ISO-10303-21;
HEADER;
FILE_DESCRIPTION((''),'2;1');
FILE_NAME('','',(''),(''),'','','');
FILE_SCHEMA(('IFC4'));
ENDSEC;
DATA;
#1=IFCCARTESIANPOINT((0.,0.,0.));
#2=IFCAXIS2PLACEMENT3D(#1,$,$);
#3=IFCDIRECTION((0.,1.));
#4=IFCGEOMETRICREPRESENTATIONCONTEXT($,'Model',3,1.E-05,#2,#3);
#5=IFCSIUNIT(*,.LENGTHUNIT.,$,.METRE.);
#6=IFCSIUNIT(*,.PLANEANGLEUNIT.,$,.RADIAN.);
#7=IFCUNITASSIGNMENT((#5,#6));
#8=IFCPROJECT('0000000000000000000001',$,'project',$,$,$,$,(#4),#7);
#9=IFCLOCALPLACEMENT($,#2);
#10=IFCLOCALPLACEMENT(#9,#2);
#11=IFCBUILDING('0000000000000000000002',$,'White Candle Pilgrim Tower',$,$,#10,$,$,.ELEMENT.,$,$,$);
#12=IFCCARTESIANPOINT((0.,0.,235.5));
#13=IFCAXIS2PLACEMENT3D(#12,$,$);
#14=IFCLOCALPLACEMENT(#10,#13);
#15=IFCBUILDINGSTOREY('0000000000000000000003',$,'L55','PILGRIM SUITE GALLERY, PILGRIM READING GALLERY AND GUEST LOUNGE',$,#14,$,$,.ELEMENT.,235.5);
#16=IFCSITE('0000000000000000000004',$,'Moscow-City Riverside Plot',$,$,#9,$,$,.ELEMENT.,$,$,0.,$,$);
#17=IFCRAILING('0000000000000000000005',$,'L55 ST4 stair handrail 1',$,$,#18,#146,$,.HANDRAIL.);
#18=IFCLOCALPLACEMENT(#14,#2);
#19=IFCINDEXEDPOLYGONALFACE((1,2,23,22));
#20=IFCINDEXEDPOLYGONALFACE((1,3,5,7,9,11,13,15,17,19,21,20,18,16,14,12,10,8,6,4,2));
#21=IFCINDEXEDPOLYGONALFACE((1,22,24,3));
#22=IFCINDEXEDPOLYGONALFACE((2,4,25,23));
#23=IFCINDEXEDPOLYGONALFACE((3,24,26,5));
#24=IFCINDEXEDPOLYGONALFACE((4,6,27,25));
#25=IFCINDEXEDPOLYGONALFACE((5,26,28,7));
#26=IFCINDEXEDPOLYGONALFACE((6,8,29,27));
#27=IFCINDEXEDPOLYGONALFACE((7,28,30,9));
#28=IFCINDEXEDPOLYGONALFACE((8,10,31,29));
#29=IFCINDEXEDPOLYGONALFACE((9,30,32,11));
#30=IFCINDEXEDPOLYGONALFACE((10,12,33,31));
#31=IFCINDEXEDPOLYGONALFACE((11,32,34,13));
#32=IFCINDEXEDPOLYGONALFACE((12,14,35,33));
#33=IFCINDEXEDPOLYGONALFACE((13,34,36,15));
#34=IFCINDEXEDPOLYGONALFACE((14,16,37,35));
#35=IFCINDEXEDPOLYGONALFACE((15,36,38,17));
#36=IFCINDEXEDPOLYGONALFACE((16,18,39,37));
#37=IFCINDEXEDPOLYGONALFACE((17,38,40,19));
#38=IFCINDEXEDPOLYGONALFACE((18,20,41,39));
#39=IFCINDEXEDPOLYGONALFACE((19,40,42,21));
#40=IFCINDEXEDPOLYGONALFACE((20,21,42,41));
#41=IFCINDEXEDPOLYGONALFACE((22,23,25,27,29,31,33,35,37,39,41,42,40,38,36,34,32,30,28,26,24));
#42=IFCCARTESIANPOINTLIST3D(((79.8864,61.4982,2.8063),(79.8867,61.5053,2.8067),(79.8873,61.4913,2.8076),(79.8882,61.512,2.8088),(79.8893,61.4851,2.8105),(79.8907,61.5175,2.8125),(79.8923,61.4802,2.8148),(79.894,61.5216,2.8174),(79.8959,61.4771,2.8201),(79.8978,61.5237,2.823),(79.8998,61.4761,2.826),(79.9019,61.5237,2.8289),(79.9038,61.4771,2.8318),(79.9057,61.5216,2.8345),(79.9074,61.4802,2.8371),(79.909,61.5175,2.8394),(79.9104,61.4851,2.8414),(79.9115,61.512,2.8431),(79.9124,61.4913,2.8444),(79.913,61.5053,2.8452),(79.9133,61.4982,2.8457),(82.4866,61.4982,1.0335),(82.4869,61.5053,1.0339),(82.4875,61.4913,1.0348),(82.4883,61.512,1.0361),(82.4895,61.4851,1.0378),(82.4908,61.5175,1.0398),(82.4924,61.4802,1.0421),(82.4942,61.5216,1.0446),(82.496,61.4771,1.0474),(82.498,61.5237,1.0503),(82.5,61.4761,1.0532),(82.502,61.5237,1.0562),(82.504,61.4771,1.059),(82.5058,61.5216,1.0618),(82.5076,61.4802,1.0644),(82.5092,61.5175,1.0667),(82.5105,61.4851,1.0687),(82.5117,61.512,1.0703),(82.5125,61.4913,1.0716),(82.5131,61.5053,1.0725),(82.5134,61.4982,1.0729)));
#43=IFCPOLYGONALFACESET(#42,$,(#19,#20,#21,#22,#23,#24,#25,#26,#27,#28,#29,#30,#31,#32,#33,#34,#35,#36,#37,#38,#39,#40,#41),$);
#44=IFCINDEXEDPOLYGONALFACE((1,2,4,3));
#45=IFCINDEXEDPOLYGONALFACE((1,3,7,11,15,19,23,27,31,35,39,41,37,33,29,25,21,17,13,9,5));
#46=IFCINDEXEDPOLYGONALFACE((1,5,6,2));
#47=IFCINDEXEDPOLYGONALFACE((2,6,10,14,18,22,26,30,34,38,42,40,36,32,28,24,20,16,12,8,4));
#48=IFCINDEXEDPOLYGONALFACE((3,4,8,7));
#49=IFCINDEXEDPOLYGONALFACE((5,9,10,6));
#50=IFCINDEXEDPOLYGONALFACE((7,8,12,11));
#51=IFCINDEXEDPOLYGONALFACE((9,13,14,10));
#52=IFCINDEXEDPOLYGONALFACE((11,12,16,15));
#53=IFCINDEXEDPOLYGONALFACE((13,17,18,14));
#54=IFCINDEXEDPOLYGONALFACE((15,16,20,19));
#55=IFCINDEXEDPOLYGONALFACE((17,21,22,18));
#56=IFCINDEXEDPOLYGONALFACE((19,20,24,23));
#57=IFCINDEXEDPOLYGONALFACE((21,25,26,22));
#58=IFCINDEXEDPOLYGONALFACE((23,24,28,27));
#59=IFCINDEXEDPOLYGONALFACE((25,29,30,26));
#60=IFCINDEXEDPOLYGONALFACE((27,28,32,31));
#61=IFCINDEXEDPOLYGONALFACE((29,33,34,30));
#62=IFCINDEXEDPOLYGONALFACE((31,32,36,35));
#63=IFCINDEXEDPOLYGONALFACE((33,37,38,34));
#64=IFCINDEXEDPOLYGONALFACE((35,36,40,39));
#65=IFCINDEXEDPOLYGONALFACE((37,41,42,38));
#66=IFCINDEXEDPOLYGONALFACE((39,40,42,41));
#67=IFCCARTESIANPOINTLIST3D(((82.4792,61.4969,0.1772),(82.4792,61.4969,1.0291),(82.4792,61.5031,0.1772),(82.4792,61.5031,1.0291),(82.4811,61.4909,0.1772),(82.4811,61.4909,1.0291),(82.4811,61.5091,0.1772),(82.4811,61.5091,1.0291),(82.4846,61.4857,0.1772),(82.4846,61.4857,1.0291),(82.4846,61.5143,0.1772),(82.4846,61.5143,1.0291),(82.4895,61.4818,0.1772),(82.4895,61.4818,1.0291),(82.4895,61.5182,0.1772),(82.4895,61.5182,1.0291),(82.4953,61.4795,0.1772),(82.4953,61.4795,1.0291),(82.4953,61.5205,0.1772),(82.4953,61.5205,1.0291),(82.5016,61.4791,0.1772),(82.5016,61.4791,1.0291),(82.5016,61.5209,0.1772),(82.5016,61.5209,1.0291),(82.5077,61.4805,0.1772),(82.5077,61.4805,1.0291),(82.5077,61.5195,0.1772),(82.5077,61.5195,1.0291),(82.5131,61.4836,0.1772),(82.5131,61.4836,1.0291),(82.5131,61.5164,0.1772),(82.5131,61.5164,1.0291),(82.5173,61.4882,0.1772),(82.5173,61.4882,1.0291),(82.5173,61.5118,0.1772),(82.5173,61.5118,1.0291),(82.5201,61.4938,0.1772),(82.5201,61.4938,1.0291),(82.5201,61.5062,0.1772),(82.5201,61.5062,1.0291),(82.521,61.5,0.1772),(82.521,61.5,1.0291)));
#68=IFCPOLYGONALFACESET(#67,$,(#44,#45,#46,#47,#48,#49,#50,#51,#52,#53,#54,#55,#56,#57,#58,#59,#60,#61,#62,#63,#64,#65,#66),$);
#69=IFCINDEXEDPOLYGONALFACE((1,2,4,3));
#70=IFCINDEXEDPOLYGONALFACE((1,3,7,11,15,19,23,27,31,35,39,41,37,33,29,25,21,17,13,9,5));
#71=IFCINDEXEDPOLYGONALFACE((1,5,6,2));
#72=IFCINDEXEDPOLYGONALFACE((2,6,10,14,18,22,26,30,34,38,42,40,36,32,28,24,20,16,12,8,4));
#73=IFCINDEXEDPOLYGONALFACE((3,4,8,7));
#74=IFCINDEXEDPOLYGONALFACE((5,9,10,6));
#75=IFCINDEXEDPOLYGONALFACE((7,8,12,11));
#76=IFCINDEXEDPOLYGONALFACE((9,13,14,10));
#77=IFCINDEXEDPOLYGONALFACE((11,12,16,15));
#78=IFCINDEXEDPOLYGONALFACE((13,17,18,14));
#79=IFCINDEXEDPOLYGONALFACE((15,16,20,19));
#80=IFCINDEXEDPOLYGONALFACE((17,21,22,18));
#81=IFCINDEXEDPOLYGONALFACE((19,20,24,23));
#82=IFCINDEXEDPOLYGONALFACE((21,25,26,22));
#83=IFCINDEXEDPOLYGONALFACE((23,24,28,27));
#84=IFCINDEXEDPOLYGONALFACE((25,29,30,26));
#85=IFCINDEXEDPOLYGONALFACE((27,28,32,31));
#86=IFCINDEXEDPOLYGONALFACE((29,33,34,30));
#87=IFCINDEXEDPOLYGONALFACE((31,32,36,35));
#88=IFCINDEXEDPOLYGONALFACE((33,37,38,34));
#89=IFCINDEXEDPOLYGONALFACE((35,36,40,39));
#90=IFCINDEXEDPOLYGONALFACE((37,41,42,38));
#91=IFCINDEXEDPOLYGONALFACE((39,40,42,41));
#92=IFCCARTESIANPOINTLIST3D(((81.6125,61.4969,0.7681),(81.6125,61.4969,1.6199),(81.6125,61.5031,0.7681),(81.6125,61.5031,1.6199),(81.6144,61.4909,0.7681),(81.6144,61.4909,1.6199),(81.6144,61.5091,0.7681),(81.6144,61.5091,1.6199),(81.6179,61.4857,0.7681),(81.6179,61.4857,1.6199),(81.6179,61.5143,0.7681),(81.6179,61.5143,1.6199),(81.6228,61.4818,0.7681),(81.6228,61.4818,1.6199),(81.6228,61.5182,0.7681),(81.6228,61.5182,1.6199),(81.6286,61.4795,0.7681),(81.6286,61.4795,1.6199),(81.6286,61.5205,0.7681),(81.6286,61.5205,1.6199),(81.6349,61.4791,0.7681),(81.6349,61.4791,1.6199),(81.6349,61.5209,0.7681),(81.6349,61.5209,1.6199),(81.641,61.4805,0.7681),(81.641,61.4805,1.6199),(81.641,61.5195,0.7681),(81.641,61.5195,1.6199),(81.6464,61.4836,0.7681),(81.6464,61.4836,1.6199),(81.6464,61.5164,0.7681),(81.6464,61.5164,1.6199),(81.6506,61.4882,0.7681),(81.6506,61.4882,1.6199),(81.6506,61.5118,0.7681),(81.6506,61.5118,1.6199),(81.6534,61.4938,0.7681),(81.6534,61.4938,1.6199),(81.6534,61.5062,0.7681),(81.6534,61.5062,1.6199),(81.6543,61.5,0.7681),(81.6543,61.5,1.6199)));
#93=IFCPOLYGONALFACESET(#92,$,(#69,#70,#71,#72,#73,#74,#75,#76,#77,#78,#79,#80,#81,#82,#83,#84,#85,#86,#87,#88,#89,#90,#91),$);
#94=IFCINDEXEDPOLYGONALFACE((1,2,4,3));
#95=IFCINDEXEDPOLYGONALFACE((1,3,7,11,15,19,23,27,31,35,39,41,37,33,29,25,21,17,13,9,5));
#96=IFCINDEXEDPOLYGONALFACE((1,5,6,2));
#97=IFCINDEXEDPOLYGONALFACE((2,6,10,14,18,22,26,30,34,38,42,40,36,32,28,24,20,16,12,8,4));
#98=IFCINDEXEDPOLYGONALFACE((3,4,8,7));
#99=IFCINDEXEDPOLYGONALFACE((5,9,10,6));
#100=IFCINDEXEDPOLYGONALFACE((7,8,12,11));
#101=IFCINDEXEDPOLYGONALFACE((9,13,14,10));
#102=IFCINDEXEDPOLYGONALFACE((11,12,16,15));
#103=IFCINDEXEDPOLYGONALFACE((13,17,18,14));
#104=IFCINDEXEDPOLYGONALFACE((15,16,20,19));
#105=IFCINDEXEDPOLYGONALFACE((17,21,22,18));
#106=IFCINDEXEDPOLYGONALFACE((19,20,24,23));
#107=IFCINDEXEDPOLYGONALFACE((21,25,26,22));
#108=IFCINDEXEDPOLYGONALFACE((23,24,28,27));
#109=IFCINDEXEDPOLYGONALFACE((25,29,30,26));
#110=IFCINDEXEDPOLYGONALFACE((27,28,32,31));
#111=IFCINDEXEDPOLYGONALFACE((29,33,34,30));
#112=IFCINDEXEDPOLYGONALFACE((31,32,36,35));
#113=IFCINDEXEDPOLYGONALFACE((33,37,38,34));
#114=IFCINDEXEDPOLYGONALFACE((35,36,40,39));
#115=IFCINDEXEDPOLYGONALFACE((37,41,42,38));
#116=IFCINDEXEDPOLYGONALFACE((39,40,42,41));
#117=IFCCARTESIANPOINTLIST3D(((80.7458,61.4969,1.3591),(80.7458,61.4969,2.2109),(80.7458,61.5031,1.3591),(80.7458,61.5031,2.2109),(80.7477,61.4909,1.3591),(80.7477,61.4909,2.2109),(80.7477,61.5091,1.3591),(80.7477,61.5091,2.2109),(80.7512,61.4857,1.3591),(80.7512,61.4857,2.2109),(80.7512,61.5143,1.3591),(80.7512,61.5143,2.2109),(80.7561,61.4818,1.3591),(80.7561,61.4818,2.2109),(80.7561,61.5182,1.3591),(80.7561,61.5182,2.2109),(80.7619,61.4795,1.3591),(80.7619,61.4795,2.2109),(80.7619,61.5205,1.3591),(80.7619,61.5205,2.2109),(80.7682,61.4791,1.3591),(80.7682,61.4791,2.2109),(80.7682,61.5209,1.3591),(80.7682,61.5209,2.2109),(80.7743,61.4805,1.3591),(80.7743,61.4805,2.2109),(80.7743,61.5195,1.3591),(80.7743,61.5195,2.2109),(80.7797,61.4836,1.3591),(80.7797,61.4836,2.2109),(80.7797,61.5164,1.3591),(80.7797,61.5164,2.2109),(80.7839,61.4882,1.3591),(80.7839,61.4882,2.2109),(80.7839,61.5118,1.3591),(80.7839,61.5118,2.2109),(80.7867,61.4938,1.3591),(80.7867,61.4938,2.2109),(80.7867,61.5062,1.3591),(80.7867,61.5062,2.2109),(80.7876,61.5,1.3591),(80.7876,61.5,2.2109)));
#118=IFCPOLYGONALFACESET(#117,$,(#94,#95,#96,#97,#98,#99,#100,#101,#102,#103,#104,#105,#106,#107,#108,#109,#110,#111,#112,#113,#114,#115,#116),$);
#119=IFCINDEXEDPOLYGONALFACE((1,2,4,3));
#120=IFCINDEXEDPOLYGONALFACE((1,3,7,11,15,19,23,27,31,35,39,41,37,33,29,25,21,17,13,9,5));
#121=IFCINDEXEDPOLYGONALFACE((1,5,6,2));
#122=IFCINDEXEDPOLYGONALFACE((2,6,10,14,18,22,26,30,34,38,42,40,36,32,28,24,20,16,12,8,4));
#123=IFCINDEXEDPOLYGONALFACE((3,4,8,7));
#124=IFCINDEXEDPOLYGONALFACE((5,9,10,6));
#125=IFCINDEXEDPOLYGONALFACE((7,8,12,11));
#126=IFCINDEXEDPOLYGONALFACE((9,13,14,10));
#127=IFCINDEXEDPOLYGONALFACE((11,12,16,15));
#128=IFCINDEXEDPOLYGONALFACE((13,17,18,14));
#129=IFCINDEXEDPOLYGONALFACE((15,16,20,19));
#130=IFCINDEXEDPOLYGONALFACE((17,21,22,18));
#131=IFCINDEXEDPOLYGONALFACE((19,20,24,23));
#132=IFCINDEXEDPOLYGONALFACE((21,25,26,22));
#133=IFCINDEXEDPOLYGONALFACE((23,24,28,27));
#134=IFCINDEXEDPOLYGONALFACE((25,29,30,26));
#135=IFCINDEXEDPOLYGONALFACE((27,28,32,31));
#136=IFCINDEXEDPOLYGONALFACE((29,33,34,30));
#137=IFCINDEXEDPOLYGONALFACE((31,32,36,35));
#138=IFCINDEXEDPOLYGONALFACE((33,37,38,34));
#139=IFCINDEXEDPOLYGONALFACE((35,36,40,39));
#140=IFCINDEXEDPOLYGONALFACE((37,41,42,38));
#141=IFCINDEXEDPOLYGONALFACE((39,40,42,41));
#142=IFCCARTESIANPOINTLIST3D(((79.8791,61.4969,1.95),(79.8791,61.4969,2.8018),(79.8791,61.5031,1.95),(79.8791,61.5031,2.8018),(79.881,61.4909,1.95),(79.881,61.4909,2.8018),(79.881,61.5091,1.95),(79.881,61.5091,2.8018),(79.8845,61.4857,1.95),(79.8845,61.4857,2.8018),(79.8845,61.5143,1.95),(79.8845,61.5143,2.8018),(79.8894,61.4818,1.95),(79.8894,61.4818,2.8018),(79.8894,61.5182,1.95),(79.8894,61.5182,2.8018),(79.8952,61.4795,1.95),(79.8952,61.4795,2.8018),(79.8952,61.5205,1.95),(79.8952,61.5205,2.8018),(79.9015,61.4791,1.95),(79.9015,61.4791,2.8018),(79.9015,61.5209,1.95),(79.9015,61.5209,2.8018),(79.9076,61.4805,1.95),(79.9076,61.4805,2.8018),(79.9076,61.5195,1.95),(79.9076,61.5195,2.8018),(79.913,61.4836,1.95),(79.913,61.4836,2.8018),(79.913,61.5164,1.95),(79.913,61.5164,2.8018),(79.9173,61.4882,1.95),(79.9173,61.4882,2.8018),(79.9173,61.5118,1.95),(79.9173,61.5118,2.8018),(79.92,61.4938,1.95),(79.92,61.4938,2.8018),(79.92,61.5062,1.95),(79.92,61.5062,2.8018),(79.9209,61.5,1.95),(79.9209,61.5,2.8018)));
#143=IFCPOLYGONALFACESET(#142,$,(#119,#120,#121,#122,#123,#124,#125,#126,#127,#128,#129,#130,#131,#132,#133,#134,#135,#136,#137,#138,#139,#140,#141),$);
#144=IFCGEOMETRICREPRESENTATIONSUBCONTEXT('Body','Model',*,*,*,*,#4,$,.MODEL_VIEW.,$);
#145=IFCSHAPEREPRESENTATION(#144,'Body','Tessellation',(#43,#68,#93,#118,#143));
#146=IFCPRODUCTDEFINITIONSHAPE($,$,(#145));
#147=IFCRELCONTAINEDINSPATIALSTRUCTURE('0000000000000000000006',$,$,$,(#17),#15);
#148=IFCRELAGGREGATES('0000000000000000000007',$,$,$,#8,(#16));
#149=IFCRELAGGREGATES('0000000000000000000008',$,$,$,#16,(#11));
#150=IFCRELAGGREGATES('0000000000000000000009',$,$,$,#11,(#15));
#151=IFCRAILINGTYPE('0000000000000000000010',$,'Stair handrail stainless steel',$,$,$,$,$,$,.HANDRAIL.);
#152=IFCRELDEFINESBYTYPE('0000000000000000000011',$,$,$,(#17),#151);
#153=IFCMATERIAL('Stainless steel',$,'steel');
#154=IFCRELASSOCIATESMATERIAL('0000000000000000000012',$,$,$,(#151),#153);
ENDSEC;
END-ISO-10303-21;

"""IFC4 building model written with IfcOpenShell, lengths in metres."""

from ifc_helpers import new_model, si_unit, direction, frame, origin, origin_2d, place, context, subcontext, project, spatial, circle, extrude, material, type_object, element, save


model = new_model("IFC4")

# Units and contexts
model_context = context("Model", 3, precision=1e-05, world=origin(), true_north=direction((0.0, 1.0)))
body_context = subcontext(model_context, "Body", "Model", "MODEL_VIEW")
ifc_project = project(units=[si_unit("LENGTHUNIT", "METRE"), si_unit("PLANEANGLEUNIT", "RADIAN")], contexts=[model_context])

# Site, building, storey
site_placement = place(None, origin())
site = spatial("IfcSite", under=ifc_project, at=site_placement, Name="Moscow-City Riverside Plot", CompositionType="ELEMENT", RefElevation=0.0)
building_placement = place(site_placement, origin())
building = spatial("IfcBuilding", under=site, at=building_placement, Name="White Candle Pilgrim Tower", CompositionType="ELEMENT")
storey_placement = place(building_placement, frame((0.0, 0.0, 235.5)))
storey = spatial("IfcBuildingStorey", under=building, at=storey_placement, Name="L55", Description="PILGRIM SUITE GALLERY, PILGRIM READING GALLERY AND GUEST LOUNGE", CompositionType="ELEMENT", Elevation=235.5)

# Railing
ifc_material_1 = material(Name="Stainless steel", Category="steel")
railing_type_1 = type_object("IfcRailingType", Name="Stair handrail stainless steel", PredefinedType="HANDRAIL", material=ifc_material_1)
railing_1_placement = place(storey_placement, frame((82.5, 61.5, 0.1772)))
element("IfcRailing", 1, at=railing_1_placement, inside=storey, type_object=railing_type_1, Name="L55 ST4 stair handrail 1", PredefinedType="HANDRAIL", context=body_context, shape_type="SweptSolid", body=[
    extrude(circle(Radius=0.0239, at=origin_2d()), frame((0.0, 0.0, 0.876), z_axis=(-0.82624, 0.0, 0.563318), x_axis=(0.0, -1.0, 0.0)), (0.0, 0.0, 1.0), 3.147),
    extrude(circle(Radius=0.021, at=origin_2d()), origin(), (0.0, 0.0, 1.0), 0.8518),
    extrude(circle(Radius=0.021, at=origin_2d()), frame((-0.8667, 0.0, 0.5908)), (0.0, 0.0, 1.0), 0.8518),
    extrude(circle(Radius=0.021, at=origin_2d()), frame((-1.7334, 0.0, 1.1819)), (0.0, 0.0, 1.0), 0.8518),
    extrude(circle(Radius=0.021, at=origin_2d()), frame((-2.6001, 0.0, 1.7727)), (0.0, 0.0, 1.0), 0.8518),
])

save(model, "model.ifc")
